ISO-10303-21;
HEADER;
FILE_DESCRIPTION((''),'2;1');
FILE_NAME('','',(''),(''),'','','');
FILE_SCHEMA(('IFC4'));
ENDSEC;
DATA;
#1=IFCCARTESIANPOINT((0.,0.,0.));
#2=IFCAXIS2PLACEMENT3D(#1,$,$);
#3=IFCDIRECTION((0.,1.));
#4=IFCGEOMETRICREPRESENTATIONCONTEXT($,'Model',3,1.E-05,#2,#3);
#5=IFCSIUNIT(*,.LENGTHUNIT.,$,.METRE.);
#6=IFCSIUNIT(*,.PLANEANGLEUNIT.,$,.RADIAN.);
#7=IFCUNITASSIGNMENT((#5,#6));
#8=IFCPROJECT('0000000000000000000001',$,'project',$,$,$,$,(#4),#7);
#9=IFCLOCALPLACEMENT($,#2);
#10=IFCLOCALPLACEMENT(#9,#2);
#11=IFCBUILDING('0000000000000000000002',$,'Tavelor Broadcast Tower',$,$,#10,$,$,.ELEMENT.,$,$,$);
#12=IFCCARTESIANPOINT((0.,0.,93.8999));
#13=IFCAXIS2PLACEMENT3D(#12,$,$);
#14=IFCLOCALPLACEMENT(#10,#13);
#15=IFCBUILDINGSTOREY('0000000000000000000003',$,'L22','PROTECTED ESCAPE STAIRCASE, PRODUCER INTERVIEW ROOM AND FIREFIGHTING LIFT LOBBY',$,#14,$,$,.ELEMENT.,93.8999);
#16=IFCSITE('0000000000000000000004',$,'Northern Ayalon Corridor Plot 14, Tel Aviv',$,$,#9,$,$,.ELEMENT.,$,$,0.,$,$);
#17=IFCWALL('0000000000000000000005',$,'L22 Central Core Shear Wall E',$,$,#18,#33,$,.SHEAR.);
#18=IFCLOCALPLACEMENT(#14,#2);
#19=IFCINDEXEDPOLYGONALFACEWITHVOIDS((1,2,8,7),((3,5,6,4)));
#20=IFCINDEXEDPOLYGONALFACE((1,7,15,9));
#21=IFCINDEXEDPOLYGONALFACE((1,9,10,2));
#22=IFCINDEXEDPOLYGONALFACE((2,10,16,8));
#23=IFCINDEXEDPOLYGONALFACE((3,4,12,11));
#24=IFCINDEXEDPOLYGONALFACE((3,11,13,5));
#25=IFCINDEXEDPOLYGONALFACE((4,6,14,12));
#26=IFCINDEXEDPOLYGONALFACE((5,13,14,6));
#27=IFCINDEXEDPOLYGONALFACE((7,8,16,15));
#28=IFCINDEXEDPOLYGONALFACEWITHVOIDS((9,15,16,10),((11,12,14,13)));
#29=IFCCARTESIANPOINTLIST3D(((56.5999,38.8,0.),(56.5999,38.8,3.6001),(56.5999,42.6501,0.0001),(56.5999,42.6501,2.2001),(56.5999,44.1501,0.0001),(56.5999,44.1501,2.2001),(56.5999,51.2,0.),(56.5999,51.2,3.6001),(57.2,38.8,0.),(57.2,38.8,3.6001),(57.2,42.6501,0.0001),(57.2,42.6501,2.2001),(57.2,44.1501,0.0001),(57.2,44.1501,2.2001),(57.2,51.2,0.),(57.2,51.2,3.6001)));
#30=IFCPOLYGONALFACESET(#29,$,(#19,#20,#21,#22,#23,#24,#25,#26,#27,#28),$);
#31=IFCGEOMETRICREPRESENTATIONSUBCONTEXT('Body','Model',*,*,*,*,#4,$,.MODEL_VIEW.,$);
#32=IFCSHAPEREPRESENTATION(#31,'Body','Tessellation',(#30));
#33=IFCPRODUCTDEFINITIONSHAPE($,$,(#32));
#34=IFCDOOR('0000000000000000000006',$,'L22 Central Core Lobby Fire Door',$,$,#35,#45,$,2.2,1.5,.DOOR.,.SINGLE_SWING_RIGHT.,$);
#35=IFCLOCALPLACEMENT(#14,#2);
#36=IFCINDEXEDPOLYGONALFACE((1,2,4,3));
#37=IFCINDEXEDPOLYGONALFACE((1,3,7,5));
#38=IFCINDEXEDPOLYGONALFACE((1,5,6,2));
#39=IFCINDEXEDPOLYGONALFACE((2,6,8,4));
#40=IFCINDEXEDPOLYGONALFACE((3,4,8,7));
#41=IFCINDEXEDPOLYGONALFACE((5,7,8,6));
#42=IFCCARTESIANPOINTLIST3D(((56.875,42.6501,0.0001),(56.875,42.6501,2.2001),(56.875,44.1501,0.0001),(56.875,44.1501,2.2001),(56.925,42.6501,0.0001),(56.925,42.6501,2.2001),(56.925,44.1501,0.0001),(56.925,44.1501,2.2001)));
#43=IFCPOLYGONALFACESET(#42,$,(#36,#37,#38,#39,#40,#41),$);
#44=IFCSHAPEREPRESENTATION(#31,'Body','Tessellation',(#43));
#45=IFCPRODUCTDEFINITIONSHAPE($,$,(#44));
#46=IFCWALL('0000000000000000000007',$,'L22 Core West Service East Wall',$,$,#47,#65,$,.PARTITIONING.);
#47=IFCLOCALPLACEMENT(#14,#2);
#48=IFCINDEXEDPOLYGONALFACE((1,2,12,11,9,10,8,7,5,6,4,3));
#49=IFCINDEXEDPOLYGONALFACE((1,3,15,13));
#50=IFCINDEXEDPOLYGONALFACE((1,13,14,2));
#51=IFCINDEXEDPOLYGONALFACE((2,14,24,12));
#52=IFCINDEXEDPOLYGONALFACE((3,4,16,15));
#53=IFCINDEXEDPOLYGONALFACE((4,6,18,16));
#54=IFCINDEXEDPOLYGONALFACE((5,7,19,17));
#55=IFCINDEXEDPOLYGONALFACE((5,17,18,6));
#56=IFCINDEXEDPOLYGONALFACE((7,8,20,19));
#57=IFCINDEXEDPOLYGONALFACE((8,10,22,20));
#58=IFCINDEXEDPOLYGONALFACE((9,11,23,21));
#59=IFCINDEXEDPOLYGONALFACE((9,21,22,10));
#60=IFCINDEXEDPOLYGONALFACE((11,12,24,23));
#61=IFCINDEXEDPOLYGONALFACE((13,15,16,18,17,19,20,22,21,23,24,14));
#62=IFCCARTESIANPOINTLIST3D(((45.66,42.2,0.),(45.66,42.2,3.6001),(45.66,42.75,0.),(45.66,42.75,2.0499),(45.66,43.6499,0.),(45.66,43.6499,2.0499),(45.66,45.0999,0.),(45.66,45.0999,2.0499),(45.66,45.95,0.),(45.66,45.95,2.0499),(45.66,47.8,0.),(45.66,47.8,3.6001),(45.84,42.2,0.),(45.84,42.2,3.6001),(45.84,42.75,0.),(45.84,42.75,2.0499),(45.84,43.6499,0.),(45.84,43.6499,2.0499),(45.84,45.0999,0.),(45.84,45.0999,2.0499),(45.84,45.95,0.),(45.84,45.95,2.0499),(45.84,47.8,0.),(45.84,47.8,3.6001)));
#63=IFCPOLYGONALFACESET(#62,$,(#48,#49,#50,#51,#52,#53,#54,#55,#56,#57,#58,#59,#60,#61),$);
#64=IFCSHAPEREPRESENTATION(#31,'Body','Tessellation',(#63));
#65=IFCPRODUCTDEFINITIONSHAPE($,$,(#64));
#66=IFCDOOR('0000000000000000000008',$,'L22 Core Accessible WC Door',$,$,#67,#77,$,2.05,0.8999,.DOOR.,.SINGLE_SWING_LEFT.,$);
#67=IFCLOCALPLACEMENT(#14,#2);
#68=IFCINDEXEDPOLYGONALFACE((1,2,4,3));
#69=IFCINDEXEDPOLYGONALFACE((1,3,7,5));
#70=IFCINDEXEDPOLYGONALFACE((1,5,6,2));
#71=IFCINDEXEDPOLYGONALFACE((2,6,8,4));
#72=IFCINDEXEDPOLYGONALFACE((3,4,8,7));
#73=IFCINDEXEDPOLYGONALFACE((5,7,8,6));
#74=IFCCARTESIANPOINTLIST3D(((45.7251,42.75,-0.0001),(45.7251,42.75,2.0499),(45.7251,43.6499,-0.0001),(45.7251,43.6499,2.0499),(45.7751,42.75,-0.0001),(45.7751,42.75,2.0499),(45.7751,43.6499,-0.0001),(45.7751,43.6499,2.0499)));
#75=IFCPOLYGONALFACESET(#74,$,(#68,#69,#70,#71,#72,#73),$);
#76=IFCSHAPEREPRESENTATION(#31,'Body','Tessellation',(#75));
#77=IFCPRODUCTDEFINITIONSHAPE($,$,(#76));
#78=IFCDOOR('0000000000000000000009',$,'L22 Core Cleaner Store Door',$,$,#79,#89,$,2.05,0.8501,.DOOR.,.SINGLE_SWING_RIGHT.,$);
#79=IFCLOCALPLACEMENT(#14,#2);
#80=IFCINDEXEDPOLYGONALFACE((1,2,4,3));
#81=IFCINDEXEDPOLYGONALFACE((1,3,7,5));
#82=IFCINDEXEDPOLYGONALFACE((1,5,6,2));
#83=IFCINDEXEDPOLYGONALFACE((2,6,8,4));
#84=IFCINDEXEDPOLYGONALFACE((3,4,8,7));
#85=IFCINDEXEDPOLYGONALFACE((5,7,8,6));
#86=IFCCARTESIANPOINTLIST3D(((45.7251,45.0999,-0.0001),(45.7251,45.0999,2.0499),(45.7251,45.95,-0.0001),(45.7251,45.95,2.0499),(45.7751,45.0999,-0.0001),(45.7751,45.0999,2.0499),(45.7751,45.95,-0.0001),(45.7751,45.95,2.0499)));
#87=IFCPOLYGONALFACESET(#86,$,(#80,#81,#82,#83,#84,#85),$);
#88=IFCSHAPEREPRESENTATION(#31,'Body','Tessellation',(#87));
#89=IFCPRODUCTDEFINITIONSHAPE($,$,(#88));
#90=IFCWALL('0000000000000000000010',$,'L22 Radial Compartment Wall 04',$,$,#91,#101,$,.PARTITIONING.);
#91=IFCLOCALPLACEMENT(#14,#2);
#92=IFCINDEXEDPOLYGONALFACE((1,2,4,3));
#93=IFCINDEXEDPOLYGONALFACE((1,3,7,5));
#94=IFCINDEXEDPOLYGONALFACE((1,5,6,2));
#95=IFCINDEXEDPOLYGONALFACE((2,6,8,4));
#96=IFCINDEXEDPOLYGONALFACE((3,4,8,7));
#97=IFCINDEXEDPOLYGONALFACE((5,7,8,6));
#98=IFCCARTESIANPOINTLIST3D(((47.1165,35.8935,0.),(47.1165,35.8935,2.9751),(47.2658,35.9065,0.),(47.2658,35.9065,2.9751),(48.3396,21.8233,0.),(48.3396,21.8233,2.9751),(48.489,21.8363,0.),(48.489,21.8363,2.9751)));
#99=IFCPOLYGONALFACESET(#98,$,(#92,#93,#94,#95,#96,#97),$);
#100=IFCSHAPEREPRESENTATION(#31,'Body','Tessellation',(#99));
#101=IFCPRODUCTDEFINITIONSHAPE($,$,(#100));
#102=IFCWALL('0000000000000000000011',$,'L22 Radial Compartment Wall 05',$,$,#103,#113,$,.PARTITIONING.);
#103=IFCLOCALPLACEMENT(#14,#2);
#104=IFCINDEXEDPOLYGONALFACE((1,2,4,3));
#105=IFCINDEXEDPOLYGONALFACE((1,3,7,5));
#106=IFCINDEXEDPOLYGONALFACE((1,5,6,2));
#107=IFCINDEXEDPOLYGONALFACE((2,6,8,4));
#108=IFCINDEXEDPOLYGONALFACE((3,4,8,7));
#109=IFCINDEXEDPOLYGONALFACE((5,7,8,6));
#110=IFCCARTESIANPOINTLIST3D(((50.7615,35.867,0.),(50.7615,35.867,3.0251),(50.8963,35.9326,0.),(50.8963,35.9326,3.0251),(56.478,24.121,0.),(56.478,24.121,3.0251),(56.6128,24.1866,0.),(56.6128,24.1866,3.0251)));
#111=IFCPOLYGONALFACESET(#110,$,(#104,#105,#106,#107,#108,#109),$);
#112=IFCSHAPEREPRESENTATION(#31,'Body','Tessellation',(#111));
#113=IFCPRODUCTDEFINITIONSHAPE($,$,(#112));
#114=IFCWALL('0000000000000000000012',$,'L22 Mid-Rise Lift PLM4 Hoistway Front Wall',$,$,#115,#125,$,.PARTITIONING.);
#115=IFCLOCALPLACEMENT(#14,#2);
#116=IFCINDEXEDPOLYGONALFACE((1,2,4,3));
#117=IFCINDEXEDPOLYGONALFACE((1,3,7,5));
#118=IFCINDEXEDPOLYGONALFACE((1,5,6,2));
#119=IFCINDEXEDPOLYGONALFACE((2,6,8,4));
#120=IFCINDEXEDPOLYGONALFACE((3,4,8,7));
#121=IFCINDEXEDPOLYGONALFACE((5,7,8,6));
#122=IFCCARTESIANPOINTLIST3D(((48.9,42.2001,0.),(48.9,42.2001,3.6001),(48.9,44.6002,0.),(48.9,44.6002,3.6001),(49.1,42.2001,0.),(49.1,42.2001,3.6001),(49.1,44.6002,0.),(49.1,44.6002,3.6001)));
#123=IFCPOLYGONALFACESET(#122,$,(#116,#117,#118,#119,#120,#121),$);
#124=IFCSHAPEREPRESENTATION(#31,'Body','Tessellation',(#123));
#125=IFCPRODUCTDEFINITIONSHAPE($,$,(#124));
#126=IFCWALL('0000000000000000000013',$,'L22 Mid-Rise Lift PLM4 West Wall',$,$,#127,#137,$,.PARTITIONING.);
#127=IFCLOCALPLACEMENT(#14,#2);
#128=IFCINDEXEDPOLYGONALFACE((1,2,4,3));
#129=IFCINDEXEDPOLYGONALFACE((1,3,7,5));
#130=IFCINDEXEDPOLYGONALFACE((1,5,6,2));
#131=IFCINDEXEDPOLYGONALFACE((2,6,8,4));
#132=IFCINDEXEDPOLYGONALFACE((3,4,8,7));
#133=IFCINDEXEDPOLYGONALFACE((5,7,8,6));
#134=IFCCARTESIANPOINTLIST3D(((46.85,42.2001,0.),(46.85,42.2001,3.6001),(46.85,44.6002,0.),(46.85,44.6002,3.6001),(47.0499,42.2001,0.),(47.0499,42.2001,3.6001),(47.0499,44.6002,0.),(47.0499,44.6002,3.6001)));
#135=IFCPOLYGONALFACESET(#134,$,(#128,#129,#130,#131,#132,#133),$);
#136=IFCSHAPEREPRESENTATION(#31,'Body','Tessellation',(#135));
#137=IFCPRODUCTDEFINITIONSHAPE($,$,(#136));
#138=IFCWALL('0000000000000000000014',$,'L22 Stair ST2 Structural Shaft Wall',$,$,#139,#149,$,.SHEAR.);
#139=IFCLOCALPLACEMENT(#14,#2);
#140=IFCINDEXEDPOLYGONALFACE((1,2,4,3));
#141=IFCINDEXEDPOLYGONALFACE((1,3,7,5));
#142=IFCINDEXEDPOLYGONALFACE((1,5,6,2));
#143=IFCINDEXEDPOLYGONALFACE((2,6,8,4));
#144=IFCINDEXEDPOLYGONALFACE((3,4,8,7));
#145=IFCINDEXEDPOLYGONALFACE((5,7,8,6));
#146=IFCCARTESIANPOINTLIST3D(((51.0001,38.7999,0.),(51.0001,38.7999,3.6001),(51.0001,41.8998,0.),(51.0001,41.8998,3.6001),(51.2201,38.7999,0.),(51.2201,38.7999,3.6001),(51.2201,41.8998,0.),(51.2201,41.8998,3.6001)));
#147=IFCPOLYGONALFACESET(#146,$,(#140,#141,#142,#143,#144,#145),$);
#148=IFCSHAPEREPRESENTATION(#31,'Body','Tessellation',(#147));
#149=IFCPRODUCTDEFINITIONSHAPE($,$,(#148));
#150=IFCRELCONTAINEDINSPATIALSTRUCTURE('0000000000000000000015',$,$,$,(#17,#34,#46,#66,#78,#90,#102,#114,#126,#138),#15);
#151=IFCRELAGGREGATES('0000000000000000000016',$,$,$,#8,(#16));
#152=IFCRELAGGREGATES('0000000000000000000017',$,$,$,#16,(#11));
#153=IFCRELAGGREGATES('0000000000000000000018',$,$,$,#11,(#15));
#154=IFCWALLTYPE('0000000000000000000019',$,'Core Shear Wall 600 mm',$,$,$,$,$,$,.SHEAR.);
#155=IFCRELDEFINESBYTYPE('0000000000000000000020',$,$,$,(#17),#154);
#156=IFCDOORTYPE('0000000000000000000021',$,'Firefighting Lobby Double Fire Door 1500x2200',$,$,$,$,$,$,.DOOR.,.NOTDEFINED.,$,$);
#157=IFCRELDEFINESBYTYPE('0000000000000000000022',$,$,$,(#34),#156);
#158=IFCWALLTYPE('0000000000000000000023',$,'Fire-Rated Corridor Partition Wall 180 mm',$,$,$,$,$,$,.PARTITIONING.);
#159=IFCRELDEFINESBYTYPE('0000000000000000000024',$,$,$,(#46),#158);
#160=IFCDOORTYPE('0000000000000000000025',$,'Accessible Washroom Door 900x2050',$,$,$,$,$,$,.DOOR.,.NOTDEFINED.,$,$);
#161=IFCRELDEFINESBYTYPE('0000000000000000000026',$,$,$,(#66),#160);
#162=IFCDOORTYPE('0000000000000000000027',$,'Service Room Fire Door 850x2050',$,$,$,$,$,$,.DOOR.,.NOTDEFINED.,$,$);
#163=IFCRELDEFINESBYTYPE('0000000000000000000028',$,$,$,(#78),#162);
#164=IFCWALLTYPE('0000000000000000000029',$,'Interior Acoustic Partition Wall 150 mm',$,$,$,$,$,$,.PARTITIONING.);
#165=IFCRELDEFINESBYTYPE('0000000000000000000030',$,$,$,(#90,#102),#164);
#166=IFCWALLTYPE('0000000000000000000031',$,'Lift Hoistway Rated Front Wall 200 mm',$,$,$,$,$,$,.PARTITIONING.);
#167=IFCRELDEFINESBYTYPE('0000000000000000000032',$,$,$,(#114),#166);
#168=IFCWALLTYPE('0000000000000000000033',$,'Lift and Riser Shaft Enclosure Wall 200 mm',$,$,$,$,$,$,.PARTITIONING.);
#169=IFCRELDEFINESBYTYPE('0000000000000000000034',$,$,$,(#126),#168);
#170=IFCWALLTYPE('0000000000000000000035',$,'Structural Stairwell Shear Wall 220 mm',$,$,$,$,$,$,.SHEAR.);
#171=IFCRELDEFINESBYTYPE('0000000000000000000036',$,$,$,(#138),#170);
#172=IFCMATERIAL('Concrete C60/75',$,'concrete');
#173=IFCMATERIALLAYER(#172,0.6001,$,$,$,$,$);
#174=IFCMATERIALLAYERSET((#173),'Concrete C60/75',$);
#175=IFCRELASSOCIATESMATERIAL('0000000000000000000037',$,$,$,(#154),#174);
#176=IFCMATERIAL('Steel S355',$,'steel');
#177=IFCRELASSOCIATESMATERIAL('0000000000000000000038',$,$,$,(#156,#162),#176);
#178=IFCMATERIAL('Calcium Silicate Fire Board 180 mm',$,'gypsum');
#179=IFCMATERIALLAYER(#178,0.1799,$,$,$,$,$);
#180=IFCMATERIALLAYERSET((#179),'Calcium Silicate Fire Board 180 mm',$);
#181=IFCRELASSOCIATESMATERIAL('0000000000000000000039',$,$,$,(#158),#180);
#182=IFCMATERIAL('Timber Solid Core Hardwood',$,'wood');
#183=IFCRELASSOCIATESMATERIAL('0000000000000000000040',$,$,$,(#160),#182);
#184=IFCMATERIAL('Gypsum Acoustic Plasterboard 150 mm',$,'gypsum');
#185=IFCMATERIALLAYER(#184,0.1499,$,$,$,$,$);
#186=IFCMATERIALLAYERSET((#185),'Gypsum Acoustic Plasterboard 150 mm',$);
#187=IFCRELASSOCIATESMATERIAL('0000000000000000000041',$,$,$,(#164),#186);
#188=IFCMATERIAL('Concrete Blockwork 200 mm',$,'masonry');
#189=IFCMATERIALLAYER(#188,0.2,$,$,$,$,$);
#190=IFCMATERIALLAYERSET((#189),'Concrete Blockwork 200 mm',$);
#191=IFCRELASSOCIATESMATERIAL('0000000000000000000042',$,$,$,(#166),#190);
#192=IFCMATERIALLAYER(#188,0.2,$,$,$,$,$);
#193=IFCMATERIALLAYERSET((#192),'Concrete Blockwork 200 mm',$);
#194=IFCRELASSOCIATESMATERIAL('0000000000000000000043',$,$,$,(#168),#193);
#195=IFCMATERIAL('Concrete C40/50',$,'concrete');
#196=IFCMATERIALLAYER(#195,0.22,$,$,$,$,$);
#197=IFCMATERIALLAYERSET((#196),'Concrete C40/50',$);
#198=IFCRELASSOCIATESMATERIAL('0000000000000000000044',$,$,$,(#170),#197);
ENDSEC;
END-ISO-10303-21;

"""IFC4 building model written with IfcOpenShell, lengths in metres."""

from ifc_helpers import new_model, si_unit, direction, frame, frame_2d, origin, place, context, subcontext, project, spatial, rectangle, extrude, material, layer, layer_set, type_object, element, fill, save


model = new_model("IFC4")

# Units and contexts
model_context = context("Model", 3, precision=1e-05, world=origin(), true_north=direction((0.0, 1.0)))
body_context = subcontext(model_context, "Body", "Model", "MODEL_VIEW")
ifc_project = project(units=[si_unit("LENGTHUNIT", "METRE"), si_unit("PLANEANGLEUNIT", "RADIAN")], contexts=[model_context])

# Site, building, storey
site_placement = place(None, origin())
site = spatial("IfcSite", under=ifc_project, at=site_placement, Name="Northern Ayalon Corridor Plot 14, Tel Aviv", CompositionType="ELEMENT", RefElevation=0.0)
building_placement = place(site_placement, origin())
building = spatial("IfcBuilding", under=site, at=building_placement, Name="Tavelor Broadcast Tower", CompositionType="ELEMENT")
storey_placement = place(building_placement, frame((0.0, 0.0, 93.8999)))
storey = spatial("IfcBuildingStorey", under=building, at=storey_placement, Name="L22", Description="PROTECTED ESCAPE STAIRCASE, PRODUCER INTERVIEW ROOM AND FIREFIGHTING LIFT LOBBY", CompositionType="ELEMENT", Elevation=93.8999)

# Shared definitions
ifc_material_1 = material(Name="Concrete C60/75", Category="concrete")

# Shared definitions
ifc_material_2 = material(Name="Concrete C40/50", Category="concrete")
ifc_material_3 = material(Name="Steel S355", Category="steel")

# Wall, opening, door
ifc_layer_1 = layer(ifc_material_1, 0.6001)
ifc_layer_set_1 = layer_set([ifc_layer_1], Name="Concrete C60/75")
wall_type_1 = type_object("IfcWallType", Name="Core Shear Wall 600 mm", PredefinedType="SHEAR", material=ifc_layer_set_1)
wall_1_placement = place(storey_placement, frame((56.8999, 38.8, 0.0), z_axis=(0.0, 0.0, 1.0), x_axis=(0.0, 1.0, 0.0)))
wall_1 = element("IfcWall", 1, at=wall_1_placement, inside=storey, type_object=wall_type_1, Name="L22 Central Core Shear Wall E", PredefinedType="SHEAR", context=body_context, shape_type="SweptSolid", body=[
    extrude(rectangle(XDim=12.3999, YDim=0.6001, at=frame_2d((6.2, 0.0))), origin(), (0.0, 0.0, 1.0), 3.6001),
])
opening_1_placement = place(wall_1_placement, frame((3.8501, 0.0, 0.0)))
opening_1 = element("IfcOpeningElement", 2, at=opening_1_placement, cuts=wall_1, PredefinedType="OPENING", context=body_context, shape_type="SweptSolid", body=[
    extrude(rectangle(XDim=1.5, YDim=2.2, at=frame_2d((0.75, 1.1001))), frame((0.0, 0.3101, 0.0), z_axis=(0.0, -1.0, 0.0), x_axis=(1.0, 0.0, 0.0)), (0.0, 0.0, 1.0), 0.6201),
])
door_type_1 = type_object("IfcDoorType", Name="Firefighting Lobby Double Fire Door 1500x2200", OperationType="NOTDEFINED", PredefinedType="DOOR", material=ifc_material_3)
door_1_placement = place(opening_1_placement, origin())
door_1 = element("IfcDoor", 3, at=door_1_placement, inside=storey, type_object=door_type_1, Name="L22 Central Core Lobby Fire Door", OperationType="SINGLE_SWING_RIGHT", OverallHeight=2.2, OverallWidth=1.5, PredefinedType="DOOR", context=body_context, shape_type="SweptSolid", body=[
    extrude(rectangle(XDim=1.5, YDim=2.2, at=frame_2d((0.75, 1.1001))), frame((0.0, 0.0249, 0.0), z_axis=(0.0, -1.0, 0.0), x_axis=(1.0, 0.0, 0.0)), (0.0, 0.0, 1.0), 0.05),
])
fill(opening_1, door_1)

# Wall, openings, doors
ifc_material_4 = material(Name="Calcium Silicate Fire Board 180 mm", Category="gypsum")
ifc_layer_2 = layer(ifc_material_4, 0.1799)
ifc_layer_set_2 = layer_set([ifc_layer_2], Name="Calcium Silicate Fire Board 180 mm")
wall_type_2 = type_object("IfcWallType", Name="Fire-Rated Corridor Partition Wall 180 mm", PredefinedType="PARTITIONING", material=ifc_layer_set_2)
wall_2_placement = place(storey_placement, frame((45.75, 42.2, 0.0), z_axis=(0.0, 0.0, 1.0), x_axis=(0.0, 1.0, 0.0)))
wall_2 = element("IfcWall", 4, at=wall_2_placement, inside=storey, type_object=wall_type_2, Name="L22 Core West Service East Wall", PredefinedType="PARTITIONING", context=body_context, shape_type="SweptSolid", body=[
    extrude(rectangle(XDim=5.6001, YDim=0.1799, at=frame_2d((2.8, 0.0))), origin(), (0.0, 0.0, 1.0), 3.6001),
])
opening_2_placement = place(wall_2_placement, frame((0.55, 0.0, 0.0)))
opening_2 = element("IfcOpeningElement", 5, at=opening_2_placement, cuts=wall_2, PredefinedType="OPENING", context=body_context, shape_type="SweptSolid", body=[
    extrude(rectangle(XDim=0.8999, YDim=2.05, at=frame_2d((0.45, 1.0249))), frame((0.0, 0.1001, 0.0), z_axis=(0.0, -1.0, 0.0), x_axis=(1.0, 0.0, 0.0)), (0.0, 0.0, 1.0), 0.2),
])
opening_3_placement = place(wall_2_placement, frame((2.8999, 0.0, 0.0)))
opening_3 = element("IfcOpeningElement", 6, at=opening_3_placement, cuts=wall_2, PredefinedType="OPENING", context=body_context, shape_type="SweptSolid", body=[
    extrude(rectangle(XDim=0.8501, YDim=2.05, at=frame_2d((0.425, 1.0249))), frame((0.0, 0.1001, 0.0), z_axis=(0.0, -1.0, 0.0), x_axis=(1.0, 0.0, 0.0)), (0.0, 0.0, 1.0), 0.2),
])
ifc_material_5 = material(Name="Timber Solid Core Hardwood", Category="wood")
door_type_2 = type_object("IfcDoorType", Name="Accessible Washroom Door 900x2050", OperationType="NOTDEFINED", PredefinedType="DOOR", material=ifc_material_5)
door_2_placement = place(opening_2_placement, origin())
door_2 = element("IfcDoor", 7, at=door_2_placement, inside=storey, type_object=door_type_2, Name="L22 Core Accessible WC Door", OperationType="SINGLE_SWING_LEFT", OverallHeight=2.05, OverallWidth=0.8999, PredefinedType="DOOR", context=body_context, shape_type="SweptSolid", body=[
    extrude(rectangle(XDim=0.8999, YDim=2.05, at=frame_2d((0.45, 1.0249))), frame((0.0, 0.0249, 0.0), z_axis=(0.0, -1.0, 0.0), x_axis=(1.0, 0.0, 0.0)), (0.0, 0.0, 1.0), 0.05),
])
fill(opening_2, door_2)
door_type_3 = type_object("IfcDoorType", Name="Service Room Fire Door 850x2050", OperationType="NOTDEFINED", PredefinedType="DOOR", material=ifc_material_3)
door_3_placement = place(opening_3_placement, origin())
door_3 = element("IfcDoor", 8, at=door_3_placement, inside=storey, type_object=door_type_3, Name="L22 Core Cleaner Store Door", OperationType="SINGLE_SWING_RIGHT", OverallHeight=2.05, OverallWidth=0.8501, PredefinedType="DOOR", context=body_context, shape_type="SweptSolid", body=[
    extrude(rectangle(XDim=0.8501, YDim=2.05, at=frame_2d((0.425, 1.0249))), frame((0.0, 0.0249, 0.0), z_axis=(0.0, -1.0, 0.0), x_axis=(1.0, 0.0, 0.0)), (0.0, 0.0, 1.0), 0.05),
])
fill(opening_3, door_3)

# Walls
ifc_material_6 = material(Name="Gypsum Acoustic Plasterboard 150 mm", Category="gypsum")
ifc_layer_3 = layer(ifc_material_6, 0.1499)
ifc_layer_set_3 = layer_set([ifc_layer_3], Name="Gypsum Acoustic Plasterboard 150 mm")
wall_type_3 = type_object("IfcWallType", Name="Interior Acoustic Partition Wall 150 mm", PredefinedType="PARTITIONING", material=ifc_layer_set_3)
wall_3_placement = place(storey_placement, frame((47.1912, 35.8999, 0.0), z_axis=(0.0, 0.0, 1.0), x_axis=(0.086604, -0.996243, 0.0)))
element("IfcWall", 9, at=wall_3_placement, inside=storey, type_object=wall_type_3, Name="L22 Radial Compartment Wall 04", PredefinedType="PARTITIONING", context=body_context, shape_type="SweptSolid", body=[
    extrude(rectangle(XDim=14.1233, YDim=0.1499, at=frame_2d((7.0615, 0.0))), origin(), (0.0, 0.0, 1.0), 2.9751),
])
wall_4_placement = place(storey_placement, frame((50.8289, 35.8999, 0.0), z_axis=(0.0, 0.0, 1.0), x_axis=(0.437604, -0.899168, 0.0)))
element("IfcWall", 10, at=wall_4_placement, inside=storey, type_object=wall_type_3, Name="L22 Radial Compartment Wall 05", PredefinedType="PARTITIONING", context=body_context, shape_type="SweptSolid", body=[
    extrude(rectangle(XDim=13.0632, YDim=0.1499, at=frame_2d((6.5317, 0.0))), origin(), (0.0, 0.0, 1.0), 3.0251),
])
ifc_material_7 = material(Name="Concrete Blockwork 200 mm", Category="masonry")
ifc_layer_4 = layer(ifc_material_7, 0.2)
ifc_layer_set_4 = layer_set([ifc_layer_4], Name="Concrete Blockwork 200 mm")
wall_type_4 = type_object("IfcWallType", Name="Lift Hoistway Rated Front Wall 200 mm", PredefinedType="PARTITIONING", material=ifc_layer_set_4)
wall_5_placement = place(storey_placement, frame((49.0, 42.2, 0.0), z_axis=(0.0, 0.0, 1.0), x_axis=(0.0, 1.0, 0.0)))
element("IfcWall", 11, at=wall_5_placement, inside=storey, type_object=wall_type_4, Name="L22 Mid-Rise Lift PLM4 Hoistway Front Wall", PredefinedType="PARTITIONING", context=body_context, shape_type="SweptSolid", body=[
    extrude(rectangle(XDim=2.4001, YDim=0.2, at=frame_2d((1.2002, 0.0))), origin(), (0.0, 0.0, 1.0), 3.6001),
])
ifc_layer_5 = layer(ifc_material_7, 0.2)
ifc_layer_set_5 = layer_set([ifc_layer_5], Name="Concrete Blockwork 200 mm")
wall_type_5 = type_object("IfcWallType", Name="Lift and Riser Shaft Enclosure Wall 200 mm", PredefinedType="PARTITIONING", material=ifc_layer_set_5)
wall_6_placement = place(storey_placement, frame((46.95, 42.2, 0.0), z_axis=(0.0, 0.0, 1.0), x_axis=(0.0, 1.0, 0.0)))
element("IfcWall", 12, at=wall_6_placement, inside=storey, type_object=wall_type_5, Name="L22 Mid-Rise Lift PLM4 West Wall", PredefinedType="PARTITIONING", context=body_context, shape_type="SweptSolid", body=[
    extrude(rectangle(XDim=2.4001, YDim=0.2, at=frame_2d((1.2002, 0.0))), origin(), (0.0, 0.0, 1.0), 3.6001),
])
ifc_layer_6 = layer(ifc_material_2, 0.22)
ifc_layer_set_6 = layer_set([ifc_layer_6], Name="Concrete C40/50")
wall_type_6 = type_object("IfcWallType", Name="Structural Stairwell Shear Wall 220 mm", PredefinedType="SHEAR", material=ifc_layer_set_6)
wall_7_placement = place(storey_placement, frame((51.1101, 38.8, 0.0), z_axis=(0.0, 0.0, 1.0), x_axis=(0.0, 1.0, 0.0)))
element("IfcWall", 13, at=wall_7_placement, inside=storey, type_object=wall_type_6, Name="L22 Stair ST2 Structural Shaft Wall", PredefinedType="SHEAR", context=body_context, shape_type="SweptSolid", body=[
    extrude(rectangle(XDim=3.0999, YDim=0.22, at=frame_2d((1.5498, 0.0))), origin(), (0.0, 0.0, 1.0), 3.6001),
])

save(model, "model.ifc")
